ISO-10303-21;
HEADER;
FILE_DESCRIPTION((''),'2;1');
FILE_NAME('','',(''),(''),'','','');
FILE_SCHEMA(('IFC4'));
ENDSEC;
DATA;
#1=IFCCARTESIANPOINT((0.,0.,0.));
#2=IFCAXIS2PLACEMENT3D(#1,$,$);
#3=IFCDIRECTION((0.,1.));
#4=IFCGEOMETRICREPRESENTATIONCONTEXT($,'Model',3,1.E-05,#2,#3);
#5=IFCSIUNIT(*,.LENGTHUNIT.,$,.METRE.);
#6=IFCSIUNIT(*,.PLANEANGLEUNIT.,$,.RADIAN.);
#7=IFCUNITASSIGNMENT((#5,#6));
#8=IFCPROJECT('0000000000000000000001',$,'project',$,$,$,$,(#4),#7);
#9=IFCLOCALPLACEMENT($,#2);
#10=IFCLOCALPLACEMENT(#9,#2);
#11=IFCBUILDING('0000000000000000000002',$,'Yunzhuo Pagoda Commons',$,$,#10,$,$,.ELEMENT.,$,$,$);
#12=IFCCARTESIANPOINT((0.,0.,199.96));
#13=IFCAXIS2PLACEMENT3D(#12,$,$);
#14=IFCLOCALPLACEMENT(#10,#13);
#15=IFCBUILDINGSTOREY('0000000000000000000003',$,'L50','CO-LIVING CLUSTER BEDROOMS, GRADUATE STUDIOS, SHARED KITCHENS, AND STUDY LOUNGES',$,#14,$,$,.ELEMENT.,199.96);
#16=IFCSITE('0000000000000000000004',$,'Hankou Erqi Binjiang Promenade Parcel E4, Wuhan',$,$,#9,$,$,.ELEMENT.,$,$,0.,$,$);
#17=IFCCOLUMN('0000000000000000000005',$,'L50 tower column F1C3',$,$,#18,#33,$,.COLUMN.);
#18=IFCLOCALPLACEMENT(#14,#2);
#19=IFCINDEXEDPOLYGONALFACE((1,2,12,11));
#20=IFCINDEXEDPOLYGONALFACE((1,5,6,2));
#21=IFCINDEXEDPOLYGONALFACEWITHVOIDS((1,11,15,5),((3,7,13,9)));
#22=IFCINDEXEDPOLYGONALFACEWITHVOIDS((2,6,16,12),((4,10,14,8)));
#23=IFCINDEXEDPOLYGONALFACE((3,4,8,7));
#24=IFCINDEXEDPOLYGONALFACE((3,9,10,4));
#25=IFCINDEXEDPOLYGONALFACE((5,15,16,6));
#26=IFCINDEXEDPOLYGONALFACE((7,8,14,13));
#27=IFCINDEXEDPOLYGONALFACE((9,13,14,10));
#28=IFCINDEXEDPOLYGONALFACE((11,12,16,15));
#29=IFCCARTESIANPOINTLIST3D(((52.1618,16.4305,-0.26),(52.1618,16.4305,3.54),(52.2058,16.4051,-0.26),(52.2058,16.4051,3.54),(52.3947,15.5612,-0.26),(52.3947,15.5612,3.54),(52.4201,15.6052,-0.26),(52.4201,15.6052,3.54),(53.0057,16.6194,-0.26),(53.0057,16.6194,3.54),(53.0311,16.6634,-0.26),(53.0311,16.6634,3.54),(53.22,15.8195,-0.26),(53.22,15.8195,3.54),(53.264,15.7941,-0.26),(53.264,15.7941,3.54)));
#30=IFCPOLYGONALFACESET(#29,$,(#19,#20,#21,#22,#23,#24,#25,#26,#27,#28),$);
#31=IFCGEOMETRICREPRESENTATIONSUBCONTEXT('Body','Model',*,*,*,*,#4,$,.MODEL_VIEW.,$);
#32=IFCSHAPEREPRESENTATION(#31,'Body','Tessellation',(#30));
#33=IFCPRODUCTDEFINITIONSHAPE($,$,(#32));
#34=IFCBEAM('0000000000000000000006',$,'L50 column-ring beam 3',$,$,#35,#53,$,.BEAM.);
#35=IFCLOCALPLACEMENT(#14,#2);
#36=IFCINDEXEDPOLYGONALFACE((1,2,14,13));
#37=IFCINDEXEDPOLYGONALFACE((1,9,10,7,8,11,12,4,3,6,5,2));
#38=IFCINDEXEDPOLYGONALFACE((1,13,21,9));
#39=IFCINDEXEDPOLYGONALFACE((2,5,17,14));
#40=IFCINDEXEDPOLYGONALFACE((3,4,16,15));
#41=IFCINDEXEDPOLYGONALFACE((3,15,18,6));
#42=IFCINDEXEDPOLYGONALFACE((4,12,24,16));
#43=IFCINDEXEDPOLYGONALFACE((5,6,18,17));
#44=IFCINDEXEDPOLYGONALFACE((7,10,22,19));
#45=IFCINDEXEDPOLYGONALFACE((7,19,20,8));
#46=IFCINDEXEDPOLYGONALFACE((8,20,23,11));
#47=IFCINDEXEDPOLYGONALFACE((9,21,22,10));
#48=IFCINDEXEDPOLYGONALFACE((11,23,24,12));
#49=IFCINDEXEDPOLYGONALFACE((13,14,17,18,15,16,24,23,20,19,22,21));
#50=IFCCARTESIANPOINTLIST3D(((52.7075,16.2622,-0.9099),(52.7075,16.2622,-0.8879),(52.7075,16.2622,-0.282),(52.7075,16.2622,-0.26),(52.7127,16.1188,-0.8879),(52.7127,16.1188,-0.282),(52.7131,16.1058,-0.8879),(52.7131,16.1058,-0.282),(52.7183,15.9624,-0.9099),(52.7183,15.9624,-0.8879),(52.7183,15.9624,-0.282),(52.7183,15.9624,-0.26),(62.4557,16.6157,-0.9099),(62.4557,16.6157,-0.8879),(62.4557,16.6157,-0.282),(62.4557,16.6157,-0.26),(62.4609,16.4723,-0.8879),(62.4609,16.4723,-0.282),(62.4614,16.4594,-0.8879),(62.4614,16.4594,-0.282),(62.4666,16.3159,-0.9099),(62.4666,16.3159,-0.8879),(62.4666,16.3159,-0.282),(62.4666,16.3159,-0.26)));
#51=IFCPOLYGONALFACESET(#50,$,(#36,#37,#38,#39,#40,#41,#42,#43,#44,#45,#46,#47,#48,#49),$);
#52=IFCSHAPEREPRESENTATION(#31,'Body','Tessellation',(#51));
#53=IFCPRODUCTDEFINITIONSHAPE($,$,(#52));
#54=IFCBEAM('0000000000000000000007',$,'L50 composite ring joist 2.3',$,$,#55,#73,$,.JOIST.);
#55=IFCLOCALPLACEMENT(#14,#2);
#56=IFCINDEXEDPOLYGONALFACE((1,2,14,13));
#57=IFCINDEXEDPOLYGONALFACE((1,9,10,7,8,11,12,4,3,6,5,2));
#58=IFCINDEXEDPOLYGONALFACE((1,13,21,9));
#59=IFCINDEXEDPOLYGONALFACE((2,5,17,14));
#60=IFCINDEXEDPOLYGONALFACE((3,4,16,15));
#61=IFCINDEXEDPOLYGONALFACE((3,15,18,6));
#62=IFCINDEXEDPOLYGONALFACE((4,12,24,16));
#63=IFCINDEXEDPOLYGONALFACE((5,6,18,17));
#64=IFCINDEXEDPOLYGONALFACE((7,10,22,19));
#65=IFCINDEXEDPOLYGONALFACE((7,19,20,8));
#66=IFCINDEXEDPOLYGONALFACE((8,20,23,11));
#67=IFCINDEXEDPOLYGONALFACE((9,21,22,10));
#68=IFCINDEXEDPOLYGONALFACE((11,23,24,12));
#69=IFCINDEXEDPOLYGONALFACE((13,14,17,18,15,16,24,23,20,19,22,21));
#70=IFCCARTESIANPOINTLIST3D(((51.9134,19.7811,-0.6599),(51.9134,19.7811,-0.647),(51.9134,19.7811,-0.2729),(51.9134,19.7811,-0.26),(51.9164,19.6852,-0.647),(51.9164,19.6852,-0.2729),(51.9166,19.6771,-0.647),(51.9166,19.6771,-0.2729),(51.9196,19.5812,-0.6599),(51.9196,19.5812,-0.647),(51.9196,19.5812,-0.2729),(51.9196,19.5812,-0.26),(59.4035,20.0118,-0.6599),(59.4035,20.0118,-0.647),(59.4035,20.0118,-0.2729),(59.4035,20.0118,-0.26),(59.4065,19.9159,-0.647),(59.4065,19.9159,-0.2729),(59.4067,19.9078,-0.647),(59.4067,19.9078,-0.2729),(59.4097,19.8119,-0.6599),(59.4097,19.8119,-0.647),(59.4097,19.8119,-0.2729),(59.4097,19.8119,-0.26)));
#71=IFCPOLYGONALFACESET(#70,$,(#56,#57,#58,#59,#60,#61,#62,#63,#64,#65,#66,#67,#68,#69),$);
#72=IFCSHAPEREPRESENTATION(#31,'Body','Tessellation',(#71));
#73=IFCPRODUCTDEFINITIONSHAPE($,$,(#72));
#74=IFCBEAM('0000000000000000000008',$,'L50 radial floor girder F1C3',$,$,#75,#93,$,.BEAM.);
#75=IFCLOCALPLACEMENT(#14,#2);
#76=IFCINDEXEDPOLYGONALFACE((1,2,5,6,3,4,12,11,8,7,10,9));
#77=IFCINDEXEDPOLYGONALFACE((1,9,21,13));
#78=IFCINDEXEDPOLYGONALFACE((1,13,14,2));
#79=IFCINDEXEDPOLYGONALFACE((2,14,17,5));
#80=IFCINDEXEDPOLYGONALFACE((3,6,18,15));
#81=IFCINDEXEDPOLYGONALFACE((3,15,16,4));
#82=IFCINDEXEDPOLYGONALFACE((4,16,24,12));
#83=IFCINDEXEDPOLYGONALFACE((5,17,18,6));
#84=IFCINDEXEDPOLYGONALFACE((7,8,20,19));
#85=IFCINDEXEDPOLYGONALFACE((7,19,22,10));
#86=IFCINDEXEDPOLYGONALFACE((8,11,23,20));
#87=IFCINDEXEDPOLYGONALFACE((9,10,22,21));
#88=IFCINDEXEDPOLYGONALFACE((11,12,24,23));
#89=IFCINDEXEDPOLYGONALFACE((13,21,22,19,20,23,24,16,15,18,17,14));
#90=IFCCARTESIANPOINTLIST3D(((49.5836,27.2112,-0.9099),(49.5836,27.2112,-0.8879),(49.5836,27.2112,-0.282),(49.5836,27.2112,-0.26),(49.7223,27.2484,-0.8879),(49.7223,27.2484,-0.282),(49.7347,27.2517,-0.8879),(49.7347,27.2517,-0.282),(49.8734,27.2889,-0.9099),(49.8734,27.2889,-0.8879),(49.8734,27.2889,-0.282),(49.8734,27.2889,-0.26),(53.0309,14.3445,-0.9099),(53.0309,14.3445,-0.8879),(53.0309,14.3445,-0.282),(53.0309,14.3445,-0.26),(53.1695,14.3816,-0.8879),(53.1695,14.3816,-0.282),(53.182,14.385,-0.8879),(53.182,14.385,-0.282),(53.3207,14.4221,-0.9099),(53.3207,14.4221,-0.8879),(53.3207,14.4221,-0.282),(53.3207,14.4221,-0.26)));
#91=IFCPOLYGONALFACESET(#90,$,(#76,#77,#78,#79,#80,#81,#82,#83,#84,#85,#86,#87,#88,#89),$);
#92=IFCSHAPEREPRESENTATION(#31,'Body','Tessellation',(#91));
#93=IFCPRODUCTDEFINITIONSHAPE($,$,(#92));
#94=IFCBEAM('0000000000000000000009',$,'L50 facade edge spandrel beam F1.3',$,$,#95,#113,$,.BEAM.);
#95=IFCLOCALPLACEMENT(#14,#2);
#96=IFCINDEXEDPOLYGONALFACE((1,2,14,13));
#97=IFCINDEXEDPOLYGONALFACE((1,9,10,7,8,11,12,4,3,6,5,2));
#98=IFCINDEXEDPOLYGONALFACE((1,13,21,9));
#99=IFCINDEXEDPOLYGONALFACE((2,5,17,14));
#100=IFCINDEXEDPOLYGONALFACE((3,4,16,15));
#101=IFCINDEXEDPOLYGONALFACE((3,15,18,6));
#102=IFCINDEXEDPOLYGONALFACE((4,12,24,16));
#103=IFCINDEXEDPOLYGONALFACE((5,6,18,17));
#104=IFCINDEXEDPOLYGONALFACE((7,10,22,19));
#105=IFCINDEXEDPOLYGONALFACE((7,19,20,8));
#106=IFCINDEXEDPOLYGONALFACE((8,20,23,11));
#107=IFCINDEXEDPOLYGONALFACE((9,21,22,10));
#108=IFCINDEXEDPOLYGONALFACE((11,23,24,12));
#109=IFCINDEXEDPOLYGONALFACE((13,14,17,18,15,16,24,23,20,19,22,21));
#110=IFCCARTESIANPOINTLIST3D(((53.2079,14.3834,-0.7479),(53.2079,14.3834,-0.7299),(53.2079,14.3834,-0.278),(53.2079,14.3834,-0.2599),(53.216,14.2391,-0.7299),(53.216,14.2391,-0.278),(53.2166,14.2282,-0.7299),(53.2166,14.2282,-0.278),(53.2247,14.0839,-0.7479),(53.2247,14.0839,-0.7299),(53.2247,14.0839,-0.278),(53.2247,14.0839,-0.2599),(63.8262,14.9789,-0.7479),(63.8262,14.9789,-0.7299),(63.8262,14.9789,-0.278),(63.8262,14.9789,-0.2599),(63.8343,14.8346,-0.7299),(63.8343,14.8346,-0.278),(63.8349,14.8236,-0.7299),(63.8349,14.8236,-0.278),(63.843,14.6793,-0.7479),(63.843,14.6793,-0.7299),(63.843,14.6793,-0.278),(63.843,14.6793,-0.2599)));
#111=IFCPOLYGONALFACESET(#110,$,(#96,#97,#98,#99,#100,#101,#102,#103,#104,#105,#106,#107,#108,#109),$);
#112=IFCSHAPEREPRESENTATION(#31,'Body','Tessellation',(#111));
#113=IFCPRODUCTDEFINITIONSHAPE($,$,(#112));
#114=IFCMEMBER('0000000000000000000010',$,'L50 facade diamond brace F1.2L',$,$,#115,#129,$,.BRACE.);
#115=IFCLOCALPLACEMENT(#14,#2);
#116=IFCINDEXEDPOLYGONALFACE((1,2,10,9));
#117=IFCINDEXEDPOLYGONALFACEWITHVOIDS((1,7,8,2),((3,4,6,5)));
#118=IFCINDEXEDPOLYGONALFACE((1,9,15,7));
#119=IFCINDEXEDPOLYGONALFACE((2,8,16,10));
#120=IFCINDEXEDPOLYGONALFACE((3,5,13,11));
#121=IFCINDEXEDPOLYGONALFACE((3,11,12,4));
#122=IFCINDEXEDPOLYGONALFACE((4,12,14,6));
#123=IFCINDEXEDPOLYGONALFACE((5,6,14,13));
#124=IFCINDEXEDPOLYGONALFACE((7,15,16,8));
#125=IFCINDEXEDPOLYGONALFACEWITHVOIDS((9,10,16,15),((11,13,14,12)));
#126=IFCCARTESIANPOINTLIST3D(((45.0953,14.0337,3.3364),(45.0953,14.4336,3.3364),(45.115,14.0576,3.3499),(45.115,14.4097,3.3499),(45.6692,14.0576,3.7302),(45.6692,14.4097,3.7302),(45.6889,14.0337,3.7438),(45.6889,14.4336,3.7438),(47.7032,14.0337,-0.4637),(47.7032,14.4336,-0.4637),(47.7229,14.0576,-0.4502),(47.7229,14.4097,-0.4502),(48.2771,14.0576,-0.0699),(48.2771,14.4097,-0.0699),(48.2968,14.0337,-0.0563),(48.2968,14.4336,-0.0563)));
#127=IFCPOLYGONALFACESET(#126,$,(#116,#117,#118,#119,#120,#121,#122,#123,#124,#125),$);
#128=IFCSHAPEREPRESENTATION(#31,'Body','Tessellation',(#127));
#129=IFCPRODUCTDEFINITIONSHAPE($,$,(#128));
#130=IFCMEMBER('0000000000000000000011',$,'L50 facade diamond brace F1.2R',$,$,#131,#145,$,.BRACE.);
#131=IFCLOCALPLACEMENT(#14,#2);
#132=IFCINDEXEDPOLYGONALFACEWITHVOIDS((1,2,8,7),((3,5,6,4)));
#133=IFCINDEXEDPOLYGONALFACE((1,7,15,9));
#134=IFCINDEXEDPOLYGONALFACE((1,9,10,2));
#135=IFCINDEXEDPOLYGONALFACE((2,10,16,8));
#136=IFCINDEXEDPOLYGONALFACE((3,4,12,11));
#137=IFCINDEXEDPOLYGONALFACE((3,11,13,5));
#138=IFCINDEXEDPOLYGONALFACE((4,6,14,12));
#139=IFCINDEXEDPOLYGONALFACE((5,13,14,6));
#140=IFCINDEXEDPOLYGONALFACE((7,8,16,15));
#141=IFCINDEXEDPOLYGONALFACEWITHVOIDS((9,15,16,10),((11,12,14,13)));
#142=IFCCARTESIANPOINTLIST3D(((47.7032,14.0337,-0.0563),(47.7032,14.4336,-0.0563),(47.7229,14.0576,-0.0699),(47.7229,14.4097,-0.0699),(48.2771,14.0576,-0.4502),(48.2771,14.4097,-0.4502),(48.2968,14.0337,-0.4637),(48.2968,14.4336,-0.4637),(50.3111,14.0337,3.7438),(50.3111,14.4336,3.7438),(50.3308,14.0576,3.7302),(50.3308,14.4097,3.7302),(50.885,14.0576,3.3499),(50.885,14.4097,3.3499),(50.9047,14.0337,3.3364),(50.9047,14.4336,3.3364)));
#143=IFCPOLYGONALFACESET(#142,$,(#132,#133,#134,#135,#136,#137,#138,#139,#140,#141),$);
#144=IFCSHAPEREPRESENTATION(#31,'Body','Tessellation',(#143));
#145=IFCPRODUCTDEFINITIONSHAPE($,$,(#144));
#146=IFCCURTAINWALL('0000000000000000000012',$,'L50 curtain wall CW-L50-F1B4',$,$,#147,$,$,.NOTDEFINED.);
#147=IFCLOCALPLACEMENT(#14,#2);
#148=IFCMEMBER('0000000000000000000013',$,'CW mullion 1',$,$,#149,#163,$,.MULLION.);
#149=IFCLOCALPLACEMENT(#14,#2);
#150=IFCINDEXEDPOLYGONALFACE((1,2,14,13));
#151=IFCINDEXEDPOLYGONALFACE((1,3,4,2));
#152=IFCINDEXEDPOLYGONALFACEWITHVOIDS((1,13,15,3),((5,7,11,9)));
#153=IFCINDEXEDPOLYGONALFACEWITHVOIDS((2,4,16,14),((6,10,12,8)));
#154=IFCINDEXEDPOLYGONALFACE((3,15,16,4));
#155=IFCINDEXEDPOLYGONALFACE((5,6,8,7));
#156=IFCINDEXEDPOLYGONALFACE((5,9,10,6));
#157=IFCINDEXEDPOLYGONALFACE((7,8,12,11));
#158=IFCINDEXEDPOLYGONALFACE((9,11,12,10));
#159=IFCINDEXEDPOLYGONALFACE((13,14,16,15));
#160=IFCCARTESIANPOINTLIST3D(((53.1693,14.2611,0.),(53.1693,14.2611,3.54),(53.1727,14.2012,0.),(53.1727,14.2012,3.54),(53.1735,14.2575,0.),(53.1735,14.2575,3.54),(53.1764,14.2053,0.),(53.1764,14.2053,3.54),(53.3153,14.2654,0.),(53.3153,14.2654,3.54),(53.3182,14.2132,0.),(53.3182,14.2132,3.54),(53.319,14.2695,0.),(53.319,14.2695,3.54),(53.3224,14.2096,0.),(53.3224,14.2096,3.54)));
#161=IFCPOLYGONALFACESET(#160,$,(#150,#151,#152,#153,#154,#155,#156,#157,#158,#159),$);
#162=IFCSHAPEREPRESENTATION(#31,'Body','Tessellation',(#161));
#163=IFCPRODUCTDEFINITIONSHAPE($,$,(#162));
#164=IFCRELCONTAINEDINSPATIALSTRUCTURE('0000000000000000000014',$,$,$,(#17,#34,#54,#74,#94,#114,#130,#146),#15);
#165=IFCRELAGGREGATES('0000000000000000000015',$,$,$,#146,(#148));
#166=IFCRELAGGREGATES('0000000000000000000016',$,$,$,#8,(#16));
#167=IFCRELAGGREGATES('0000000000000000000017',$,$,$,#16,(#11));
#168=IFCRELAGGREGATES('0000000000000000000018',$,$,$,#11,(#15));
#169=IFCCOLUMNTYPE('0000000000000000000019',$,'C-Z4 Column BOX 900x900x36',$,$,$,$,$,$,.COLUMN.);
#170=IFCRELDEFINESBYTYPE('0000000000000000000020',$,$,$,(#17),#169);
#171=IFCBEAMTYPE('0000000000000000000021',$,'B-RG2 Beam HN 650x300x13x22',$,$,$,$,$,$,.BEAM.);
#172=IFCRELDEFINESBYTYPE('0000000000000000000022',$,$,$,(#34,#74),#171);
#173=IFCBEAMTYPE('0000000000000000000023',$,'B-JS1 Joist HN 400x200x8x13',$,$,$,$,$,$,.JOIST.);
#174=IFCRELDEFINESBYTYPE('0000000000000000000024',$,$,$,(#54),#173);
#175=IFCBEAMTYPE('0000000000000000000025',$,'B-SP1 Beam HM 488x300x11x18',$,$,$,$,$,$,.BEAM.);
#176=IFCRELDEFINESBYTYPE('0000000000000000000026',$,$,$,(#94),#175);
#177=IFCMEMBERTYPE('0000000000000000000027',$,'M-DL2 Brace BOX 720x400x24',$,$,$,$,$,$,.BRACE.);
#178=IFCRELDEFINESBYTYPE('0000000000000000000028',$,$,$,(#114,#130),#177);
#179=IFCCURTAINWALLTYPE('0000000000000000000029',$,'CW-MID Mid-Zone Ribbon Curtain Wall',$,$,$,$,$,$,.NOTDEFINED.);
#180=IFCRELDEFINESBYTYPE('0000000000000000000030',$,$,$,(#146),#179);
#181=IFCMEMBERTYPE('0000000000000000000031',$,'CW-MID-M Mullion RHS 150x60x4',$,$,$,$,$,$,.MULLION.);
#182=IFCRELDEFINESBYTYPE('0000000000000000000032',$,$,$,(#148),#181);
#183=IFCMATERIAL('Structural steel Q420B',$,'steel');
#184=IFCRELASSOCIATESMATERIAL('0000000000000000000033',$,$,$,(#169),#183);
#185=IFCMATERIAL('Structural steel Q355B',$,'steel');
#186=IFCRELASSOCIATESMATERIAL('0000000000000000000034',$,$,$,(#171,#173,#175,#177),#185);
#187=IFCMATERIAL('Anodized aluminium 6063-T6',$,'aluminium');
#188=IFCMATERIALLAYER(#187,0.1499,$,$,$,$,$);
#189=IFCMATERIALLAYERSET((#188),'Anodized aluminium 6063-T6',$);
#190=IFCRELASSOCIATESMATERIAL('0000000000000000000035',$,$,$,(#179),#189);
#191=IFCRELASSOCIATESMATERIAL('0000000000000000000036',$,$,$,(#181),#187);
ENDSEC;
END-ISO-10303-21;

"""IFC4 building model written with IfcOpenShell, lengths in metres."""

from ifc_helpers import new_model, si_unit, direction, frame, origin, origin_2d, place, context, subcontext, project, spatial, hollow_rectangle, i_section, extrude, source, transform, mapped, material, layer, layer_set, material_profile, profile_set, type_object, element, aggregate, save


model = new_model("IFC4")

# Units and contexts
model_context = context("Model", 3, precision=1e-05, world=origin(), true_north=direction((0.0, 1.0)))
body_context = subcontext(model_context, "Body", "Model", "MODEL_VIEW")
ifc_project = project(units=[si_unit("LENGTHUNIT", "METRE"), si_unit("PLANEANGLEUNIT", "RADIAN")], contexts=[model_context])

# Site, building, storey
site_placement = place(None, origin())
site = spatial("IfcSite", under=ifc_project, at=site_placement, Name="Hankou Erqi Binjiang Promenade Parcel E4, Wuhan", CompositionType="ELEMENT", RefElevation=0.0)
building_placement = place(site_placement, origin())
building = spatial("IfcBuilding", under=site, at=building_placement, Name="Yunzhuo Pagoda Commons", CompositionType="ELEMENT")
storey_placement = place(building_placement, frame((0.0, 0.0, 199.96)))
storey = spatial("IfcBuildingStorey", under=building, at=storey_placement, Name="L50", Description="CO-LIVING CLUSTER BEDROOMS, GRADUATE STUDIOS, SHARED KITCHENS, AND STUDY LOUNGES", CompositionType="ELEMENT", Elevation=199.96)

# Column
ifc_material_1 = material(Name="Structural steel Q420B", Category="steel")
ifc_material_profile_1 = material_profile(ifc_material_1, hollow_rectangle(XDim=0.8999, YDim=0.8999, WallThickness=0.0359, at=origin_2d()), Name="Structural steel Q420B")
ifc_profile_set_1 = profile_set([ifc_material_profile_1], Name="Structural steel Q420B")
column_type = type_object("IfcColumnType", Name="C-Z4 Column BOX 900x900x36", PredefinedType="COLUMN", material=ifc_profile_set_1)
shared_shape_1 = source(origin(), body_context, "Body", "SweptSolid", [
    extrude(hollow_rectangle(XDim=0.8999, YDim=0.8999, WallThickness=0.0359, at=origin_2d()), origin(), (0.0, 0.0, 1.0), 3.8),
])
column_placement = place(storey_placement, frame((52.7129, 16.1123, -0.26), z_axis=(0.0, 0.0, 1.0), x_axis=(0.965926, 0.258819, 0.0)))
element("IfcColumn", 1, at=column_placement, inside=storey, type_object=column_type, Name="L50 tower column F1C3", PredefinedType="COLUMN", context=body_context, shape_type="MappedRepresentation", body=[
    mapped(shared_shape_1, transform((0.0, 0.0, 0.0), scale=1.0)),
])

# Beams
ifc_material_2 = material(Name="Structural steel Q355B", Category="steel")
ifc_material_profile_2 = material_profile(ifc_material_2, i_section(OverallWidth=0.3, OverallDepth=0.6499, WebThickness=0.0129, FlangeThickness=0.022, at=origin_2d()), Name="Structural steel Q355B")
ifc_profile_set_2 = profile_set([ifc_material_profile_2], Name="Structural steel Q355B")
beam_type_1 = type_object("IfcBeamType", Name="B-RG2 Beam HN 650x300x13x22", PredefinedType="BEAM", material=ifc_profile_set_2)
shared_shape_2 = source(origin(), body_context, "Body", "SweptSolid", [
    extrude(i_section(OverallWidth=0.3, OverallDepth=0.6499, WebThickness=0.0129, FlangeThickness=0.022, at=origin_2d()), origin(), (0.0, 0.0, 1.0), 9.7546),
])
beam_1_placement = place(storey_placement, frame((52.7129, 16.1123, -0.585), z_axis=(0.999343, 0.036241, 0.0), x_axis=(-0.036241, 0.999343, 0.0)))
element("IfcBeam", 2, at=beam_1_placement, inside=storey, type_object=beam_type_1, Name="L50 column-ring beam 3", PredefinedType="BEAM", context=body_context, shape_type="MappedRepresentation", body=[
    mapped(shared_shape_2, transform((0.0, 0.0, 0.0), scale=1.0)),
])
ifc_material_profile_3 = material_profile(ifc_material_2, i_section(OverallWidth=0.2, OverallDepth=0.3999, WebThickness=0.0081, FlangeThickness=0.0129, at=origin_2d()), Name="Structural steel Q355B")
ifc_profile_set_3 = profile_set([ifc_material_profile_3], Name="Structural steel Q355B")
beam_type_2 = type_object("IfcBeamType", Name="B-JS1 Joist HN 400x200x8x13", PredefinedType="JOIST", material=ifc_profile_set_3)
shared_shape_3 = source(origin(), body_context, "Body", "SweptSolid", [
    extrude(i_section(OverallWidth=0.2, OverallDepth=0.3999, WebThickness=0.0081, FlangeThickness=0.0129, at=origin_2d()), origin(), (0.0, 0.0, 1.0), 7.4937),
])
beam_2_placement = place(storey_placement, frame((51.9165, 19.6812, -0.46), z_axis=(0.999526, 0.030788, 0.0), x_axis=(-0.030788, 0.999526, 0.0)))
element("IfcBeam", 3, at=beam_2_placement, inside=storey, type_object=beam_type_2, Name="L50 composite ring joist 2.3", PredefinedType="JOIST", context=body_context, shape_type="MappedRepresentation", body=[
    mapped(shared_shape_3, transform((0.0, 0.0, 0.0), scale=1.0)),
])
shared_shape_4 = source(origin(), body_context, "Body", "SweptSolid", [
    extrude(i_section(OverallWidth=0.3, OverallDepth=0.6499, WebThickness=0.0129, FlangeThickness=0.022, at=origin_2d()), origin(), (0.0, 0.0, 1.0), 13.3206),
])
beam_3_placement = place(storey_placement, frame((53.1758, 14.3833, -0.585), z_axis=(-0.258794, 0.965933, 0.0), x_axis=(-0.965933, -0.258794, 0.0)))
element("IfcBeam", 4, at=beam_3_placement, inside=storey, type_object=beam_type_1, Name="L50 radial floor girder F1C3", PredefinedType="BEAM", context=body_context, shape_type="MappedRepresentation", body=[
    mapped(shared_shape_4, transform((0.0, 0.0, 0.0), scale=1.0)),
])
ifc_material_profile_4 = material_profile(ifc_material_2, i_section(OverallWidth=0.3, OverallDepth=0.488, WebThickness=0.011, FlangeThickness=0.0181, at=origin_2d()), Name="Structural steel Q355B")
ifc_profile_set_4 = profile_set([ifc_material_profile_4], Name="Structural steel Q355B")
beam_type_3 = type_object("IfcBeamType", Name="B-SP1 Beam HM 488x300x11x18", PredefinedType="BEAM", material=ifc_profile_set_4)
shared_shape_5 = source(origin(), body_context, "Body", "SweptSolid", [
    extrude(i_section(OverallWidth=0.3, OverallDepth=0.488, WebThickness=0.011, FlangeThickness=0.0181, at=origin_2d()), origin(), (0.0, 0.0, 1.0), 10.635),
])
beam_4_placement = place(storey_placement, frame((53.2163, 14.2336, -0.5039), z_axis=(0.998431, 0.05599, 0.0), x_axis=(-0.05599, 0.998431, 0.0)))
element("IfcBeam", 5, at=beam_4_placement, inside=storey, type_object=beam_type_3, Name="L50 facade edge spandrel beam F1.3", PredefinedType="BEAM", context=body_context, shape_type="MappedRepresentation", body=[
    mapped(shared_shape_5, transform((0.0, 0.0, 0.0), scale=1.0)),
])

# Members
ifc_material_profile_5 = material_profile(ifc_material_2, hollow_rectangle(XDim=0.3999, YDim=0.72, WallThickness=0.0239, at=origin_2d()), Name="Structural steel Q355B")
ifc_profile_set_5 = profile_set([ifc_material_profile_5], Name="Structural steel Q355B")
member_type_1 = type_object("IfcMemberType", Name="M-DL2 Brace BOX 720x400x24", PredefinedType="BRACE", material=ifc_profile_set_5)
shared_shape_6 = source(origin(), body_context, "Body", "SweptSolid", [
    extrude(hollow_rectangle(XDim=0.3999, YDim=0.72, WallThickness=0.0239, at=origin_2d()), origin(), (0.0, 0.0, 1.0), 4.6089),
])
for number, where, z_axis, x_axis, name in (
    (6, (48.0, 14.2336, -0.26), (-0.565847, 0.0, 0.82451), (0.0, -1.0, 0.0), "L50 facade diamond brace F1.2L"),
    (7, (48.0, 14.2336, -0.26), (0.565847, 0.0, 0.82451), (0.0, 1.0, 0.0), "L50 facade diamond brace F1.2R"),
):
    element("IfcMember", number, at=place(storey_placement, frame(where, z_axis=z_axis, x_axis=x_axis)), inside=storey, type_object=member_type_1, Name=name, PredefinedType="BRACE", context=body_context, shape_type="MappedRepresentation", body=[
        mapped(shared_shape_6, transform((0.0, 0.0, 0.0), scale=1.0)),
    ])

# Curtain wall, member
ifc_material_3 = material(Name="Anodized aluminium 6063-T6", Category="aluminium")
ifc_layer_1 = layer(ifc_material_3, 0.1499)
ifc_layer_set_1 = layer_set([ifc_layer_1], Name="Anodized aluminium 6063-T6")
curtain_wall_type = type_object("IfcCurtainWallType", Name="CW-MID Mid-Zone Ribbon Curtain Wall", PredefinedType="NOTDEFINED", material=ifc_layer_set_1)
curtain_wall_1_placement = place(storey_placement, origin())
curtain_wall_1 = element("IfcCurtainWall", 8, at=curtain_wall_1_placement, inside=storey, type_object=curtain_wall_type, Name="L50 curtain wall CW-L50-F1B4", PredefinedType="NOTDEFINED")
ifc_material_profile_6 = material_profile(ifc_material_3, hollow_rectangle(XDim=0.0601, YDim=0.1499, WallThickness=0.0039, at=origin_2d()), Name="Anodized aluminium 6063-T6")
ifc_profile_set_6 = profile_set([ifc_material_profile_6], Name="Anodized aluminium 6063-T6")
member_type_2 = type_object("IfcMemberType", Name="CW-MID-M Mullion RHS 150x60x4", PredefinedType="MULLION", material=ifc_profile_set_6)
shared_shape_7 = source(origin(), body_context, "Body", "SweptSolid", [
    extrude(hollow_rectangle(XDim=0.0601, YDim=0.1499, WallThickness=0.0039, at=origin_2d()), origin(), (0.0, 0.0, 1.0), 3.54),
])
member_1_placement = place(storey_placement, frame((53.2458, 14.2354, 0.0), z_axis=(0.0, 0.0, 1.0), x_axis=(-0.055983, 0.998432, 0.0)))
member_1 = element("IfcMember", 9, at=member_1_placement, type_object=member_type_2, Name="CW mullion 1", PredefinedType="MULLION", context=body_context, shape_type="MappedRepresentation", body=[
    mapped(shared_shape_7, transform((0.0, 0.0, 0.0), scale=1.0)),
])

aggregate(curtain_wall_1, [member_1])

save(model, "model.ifc")
